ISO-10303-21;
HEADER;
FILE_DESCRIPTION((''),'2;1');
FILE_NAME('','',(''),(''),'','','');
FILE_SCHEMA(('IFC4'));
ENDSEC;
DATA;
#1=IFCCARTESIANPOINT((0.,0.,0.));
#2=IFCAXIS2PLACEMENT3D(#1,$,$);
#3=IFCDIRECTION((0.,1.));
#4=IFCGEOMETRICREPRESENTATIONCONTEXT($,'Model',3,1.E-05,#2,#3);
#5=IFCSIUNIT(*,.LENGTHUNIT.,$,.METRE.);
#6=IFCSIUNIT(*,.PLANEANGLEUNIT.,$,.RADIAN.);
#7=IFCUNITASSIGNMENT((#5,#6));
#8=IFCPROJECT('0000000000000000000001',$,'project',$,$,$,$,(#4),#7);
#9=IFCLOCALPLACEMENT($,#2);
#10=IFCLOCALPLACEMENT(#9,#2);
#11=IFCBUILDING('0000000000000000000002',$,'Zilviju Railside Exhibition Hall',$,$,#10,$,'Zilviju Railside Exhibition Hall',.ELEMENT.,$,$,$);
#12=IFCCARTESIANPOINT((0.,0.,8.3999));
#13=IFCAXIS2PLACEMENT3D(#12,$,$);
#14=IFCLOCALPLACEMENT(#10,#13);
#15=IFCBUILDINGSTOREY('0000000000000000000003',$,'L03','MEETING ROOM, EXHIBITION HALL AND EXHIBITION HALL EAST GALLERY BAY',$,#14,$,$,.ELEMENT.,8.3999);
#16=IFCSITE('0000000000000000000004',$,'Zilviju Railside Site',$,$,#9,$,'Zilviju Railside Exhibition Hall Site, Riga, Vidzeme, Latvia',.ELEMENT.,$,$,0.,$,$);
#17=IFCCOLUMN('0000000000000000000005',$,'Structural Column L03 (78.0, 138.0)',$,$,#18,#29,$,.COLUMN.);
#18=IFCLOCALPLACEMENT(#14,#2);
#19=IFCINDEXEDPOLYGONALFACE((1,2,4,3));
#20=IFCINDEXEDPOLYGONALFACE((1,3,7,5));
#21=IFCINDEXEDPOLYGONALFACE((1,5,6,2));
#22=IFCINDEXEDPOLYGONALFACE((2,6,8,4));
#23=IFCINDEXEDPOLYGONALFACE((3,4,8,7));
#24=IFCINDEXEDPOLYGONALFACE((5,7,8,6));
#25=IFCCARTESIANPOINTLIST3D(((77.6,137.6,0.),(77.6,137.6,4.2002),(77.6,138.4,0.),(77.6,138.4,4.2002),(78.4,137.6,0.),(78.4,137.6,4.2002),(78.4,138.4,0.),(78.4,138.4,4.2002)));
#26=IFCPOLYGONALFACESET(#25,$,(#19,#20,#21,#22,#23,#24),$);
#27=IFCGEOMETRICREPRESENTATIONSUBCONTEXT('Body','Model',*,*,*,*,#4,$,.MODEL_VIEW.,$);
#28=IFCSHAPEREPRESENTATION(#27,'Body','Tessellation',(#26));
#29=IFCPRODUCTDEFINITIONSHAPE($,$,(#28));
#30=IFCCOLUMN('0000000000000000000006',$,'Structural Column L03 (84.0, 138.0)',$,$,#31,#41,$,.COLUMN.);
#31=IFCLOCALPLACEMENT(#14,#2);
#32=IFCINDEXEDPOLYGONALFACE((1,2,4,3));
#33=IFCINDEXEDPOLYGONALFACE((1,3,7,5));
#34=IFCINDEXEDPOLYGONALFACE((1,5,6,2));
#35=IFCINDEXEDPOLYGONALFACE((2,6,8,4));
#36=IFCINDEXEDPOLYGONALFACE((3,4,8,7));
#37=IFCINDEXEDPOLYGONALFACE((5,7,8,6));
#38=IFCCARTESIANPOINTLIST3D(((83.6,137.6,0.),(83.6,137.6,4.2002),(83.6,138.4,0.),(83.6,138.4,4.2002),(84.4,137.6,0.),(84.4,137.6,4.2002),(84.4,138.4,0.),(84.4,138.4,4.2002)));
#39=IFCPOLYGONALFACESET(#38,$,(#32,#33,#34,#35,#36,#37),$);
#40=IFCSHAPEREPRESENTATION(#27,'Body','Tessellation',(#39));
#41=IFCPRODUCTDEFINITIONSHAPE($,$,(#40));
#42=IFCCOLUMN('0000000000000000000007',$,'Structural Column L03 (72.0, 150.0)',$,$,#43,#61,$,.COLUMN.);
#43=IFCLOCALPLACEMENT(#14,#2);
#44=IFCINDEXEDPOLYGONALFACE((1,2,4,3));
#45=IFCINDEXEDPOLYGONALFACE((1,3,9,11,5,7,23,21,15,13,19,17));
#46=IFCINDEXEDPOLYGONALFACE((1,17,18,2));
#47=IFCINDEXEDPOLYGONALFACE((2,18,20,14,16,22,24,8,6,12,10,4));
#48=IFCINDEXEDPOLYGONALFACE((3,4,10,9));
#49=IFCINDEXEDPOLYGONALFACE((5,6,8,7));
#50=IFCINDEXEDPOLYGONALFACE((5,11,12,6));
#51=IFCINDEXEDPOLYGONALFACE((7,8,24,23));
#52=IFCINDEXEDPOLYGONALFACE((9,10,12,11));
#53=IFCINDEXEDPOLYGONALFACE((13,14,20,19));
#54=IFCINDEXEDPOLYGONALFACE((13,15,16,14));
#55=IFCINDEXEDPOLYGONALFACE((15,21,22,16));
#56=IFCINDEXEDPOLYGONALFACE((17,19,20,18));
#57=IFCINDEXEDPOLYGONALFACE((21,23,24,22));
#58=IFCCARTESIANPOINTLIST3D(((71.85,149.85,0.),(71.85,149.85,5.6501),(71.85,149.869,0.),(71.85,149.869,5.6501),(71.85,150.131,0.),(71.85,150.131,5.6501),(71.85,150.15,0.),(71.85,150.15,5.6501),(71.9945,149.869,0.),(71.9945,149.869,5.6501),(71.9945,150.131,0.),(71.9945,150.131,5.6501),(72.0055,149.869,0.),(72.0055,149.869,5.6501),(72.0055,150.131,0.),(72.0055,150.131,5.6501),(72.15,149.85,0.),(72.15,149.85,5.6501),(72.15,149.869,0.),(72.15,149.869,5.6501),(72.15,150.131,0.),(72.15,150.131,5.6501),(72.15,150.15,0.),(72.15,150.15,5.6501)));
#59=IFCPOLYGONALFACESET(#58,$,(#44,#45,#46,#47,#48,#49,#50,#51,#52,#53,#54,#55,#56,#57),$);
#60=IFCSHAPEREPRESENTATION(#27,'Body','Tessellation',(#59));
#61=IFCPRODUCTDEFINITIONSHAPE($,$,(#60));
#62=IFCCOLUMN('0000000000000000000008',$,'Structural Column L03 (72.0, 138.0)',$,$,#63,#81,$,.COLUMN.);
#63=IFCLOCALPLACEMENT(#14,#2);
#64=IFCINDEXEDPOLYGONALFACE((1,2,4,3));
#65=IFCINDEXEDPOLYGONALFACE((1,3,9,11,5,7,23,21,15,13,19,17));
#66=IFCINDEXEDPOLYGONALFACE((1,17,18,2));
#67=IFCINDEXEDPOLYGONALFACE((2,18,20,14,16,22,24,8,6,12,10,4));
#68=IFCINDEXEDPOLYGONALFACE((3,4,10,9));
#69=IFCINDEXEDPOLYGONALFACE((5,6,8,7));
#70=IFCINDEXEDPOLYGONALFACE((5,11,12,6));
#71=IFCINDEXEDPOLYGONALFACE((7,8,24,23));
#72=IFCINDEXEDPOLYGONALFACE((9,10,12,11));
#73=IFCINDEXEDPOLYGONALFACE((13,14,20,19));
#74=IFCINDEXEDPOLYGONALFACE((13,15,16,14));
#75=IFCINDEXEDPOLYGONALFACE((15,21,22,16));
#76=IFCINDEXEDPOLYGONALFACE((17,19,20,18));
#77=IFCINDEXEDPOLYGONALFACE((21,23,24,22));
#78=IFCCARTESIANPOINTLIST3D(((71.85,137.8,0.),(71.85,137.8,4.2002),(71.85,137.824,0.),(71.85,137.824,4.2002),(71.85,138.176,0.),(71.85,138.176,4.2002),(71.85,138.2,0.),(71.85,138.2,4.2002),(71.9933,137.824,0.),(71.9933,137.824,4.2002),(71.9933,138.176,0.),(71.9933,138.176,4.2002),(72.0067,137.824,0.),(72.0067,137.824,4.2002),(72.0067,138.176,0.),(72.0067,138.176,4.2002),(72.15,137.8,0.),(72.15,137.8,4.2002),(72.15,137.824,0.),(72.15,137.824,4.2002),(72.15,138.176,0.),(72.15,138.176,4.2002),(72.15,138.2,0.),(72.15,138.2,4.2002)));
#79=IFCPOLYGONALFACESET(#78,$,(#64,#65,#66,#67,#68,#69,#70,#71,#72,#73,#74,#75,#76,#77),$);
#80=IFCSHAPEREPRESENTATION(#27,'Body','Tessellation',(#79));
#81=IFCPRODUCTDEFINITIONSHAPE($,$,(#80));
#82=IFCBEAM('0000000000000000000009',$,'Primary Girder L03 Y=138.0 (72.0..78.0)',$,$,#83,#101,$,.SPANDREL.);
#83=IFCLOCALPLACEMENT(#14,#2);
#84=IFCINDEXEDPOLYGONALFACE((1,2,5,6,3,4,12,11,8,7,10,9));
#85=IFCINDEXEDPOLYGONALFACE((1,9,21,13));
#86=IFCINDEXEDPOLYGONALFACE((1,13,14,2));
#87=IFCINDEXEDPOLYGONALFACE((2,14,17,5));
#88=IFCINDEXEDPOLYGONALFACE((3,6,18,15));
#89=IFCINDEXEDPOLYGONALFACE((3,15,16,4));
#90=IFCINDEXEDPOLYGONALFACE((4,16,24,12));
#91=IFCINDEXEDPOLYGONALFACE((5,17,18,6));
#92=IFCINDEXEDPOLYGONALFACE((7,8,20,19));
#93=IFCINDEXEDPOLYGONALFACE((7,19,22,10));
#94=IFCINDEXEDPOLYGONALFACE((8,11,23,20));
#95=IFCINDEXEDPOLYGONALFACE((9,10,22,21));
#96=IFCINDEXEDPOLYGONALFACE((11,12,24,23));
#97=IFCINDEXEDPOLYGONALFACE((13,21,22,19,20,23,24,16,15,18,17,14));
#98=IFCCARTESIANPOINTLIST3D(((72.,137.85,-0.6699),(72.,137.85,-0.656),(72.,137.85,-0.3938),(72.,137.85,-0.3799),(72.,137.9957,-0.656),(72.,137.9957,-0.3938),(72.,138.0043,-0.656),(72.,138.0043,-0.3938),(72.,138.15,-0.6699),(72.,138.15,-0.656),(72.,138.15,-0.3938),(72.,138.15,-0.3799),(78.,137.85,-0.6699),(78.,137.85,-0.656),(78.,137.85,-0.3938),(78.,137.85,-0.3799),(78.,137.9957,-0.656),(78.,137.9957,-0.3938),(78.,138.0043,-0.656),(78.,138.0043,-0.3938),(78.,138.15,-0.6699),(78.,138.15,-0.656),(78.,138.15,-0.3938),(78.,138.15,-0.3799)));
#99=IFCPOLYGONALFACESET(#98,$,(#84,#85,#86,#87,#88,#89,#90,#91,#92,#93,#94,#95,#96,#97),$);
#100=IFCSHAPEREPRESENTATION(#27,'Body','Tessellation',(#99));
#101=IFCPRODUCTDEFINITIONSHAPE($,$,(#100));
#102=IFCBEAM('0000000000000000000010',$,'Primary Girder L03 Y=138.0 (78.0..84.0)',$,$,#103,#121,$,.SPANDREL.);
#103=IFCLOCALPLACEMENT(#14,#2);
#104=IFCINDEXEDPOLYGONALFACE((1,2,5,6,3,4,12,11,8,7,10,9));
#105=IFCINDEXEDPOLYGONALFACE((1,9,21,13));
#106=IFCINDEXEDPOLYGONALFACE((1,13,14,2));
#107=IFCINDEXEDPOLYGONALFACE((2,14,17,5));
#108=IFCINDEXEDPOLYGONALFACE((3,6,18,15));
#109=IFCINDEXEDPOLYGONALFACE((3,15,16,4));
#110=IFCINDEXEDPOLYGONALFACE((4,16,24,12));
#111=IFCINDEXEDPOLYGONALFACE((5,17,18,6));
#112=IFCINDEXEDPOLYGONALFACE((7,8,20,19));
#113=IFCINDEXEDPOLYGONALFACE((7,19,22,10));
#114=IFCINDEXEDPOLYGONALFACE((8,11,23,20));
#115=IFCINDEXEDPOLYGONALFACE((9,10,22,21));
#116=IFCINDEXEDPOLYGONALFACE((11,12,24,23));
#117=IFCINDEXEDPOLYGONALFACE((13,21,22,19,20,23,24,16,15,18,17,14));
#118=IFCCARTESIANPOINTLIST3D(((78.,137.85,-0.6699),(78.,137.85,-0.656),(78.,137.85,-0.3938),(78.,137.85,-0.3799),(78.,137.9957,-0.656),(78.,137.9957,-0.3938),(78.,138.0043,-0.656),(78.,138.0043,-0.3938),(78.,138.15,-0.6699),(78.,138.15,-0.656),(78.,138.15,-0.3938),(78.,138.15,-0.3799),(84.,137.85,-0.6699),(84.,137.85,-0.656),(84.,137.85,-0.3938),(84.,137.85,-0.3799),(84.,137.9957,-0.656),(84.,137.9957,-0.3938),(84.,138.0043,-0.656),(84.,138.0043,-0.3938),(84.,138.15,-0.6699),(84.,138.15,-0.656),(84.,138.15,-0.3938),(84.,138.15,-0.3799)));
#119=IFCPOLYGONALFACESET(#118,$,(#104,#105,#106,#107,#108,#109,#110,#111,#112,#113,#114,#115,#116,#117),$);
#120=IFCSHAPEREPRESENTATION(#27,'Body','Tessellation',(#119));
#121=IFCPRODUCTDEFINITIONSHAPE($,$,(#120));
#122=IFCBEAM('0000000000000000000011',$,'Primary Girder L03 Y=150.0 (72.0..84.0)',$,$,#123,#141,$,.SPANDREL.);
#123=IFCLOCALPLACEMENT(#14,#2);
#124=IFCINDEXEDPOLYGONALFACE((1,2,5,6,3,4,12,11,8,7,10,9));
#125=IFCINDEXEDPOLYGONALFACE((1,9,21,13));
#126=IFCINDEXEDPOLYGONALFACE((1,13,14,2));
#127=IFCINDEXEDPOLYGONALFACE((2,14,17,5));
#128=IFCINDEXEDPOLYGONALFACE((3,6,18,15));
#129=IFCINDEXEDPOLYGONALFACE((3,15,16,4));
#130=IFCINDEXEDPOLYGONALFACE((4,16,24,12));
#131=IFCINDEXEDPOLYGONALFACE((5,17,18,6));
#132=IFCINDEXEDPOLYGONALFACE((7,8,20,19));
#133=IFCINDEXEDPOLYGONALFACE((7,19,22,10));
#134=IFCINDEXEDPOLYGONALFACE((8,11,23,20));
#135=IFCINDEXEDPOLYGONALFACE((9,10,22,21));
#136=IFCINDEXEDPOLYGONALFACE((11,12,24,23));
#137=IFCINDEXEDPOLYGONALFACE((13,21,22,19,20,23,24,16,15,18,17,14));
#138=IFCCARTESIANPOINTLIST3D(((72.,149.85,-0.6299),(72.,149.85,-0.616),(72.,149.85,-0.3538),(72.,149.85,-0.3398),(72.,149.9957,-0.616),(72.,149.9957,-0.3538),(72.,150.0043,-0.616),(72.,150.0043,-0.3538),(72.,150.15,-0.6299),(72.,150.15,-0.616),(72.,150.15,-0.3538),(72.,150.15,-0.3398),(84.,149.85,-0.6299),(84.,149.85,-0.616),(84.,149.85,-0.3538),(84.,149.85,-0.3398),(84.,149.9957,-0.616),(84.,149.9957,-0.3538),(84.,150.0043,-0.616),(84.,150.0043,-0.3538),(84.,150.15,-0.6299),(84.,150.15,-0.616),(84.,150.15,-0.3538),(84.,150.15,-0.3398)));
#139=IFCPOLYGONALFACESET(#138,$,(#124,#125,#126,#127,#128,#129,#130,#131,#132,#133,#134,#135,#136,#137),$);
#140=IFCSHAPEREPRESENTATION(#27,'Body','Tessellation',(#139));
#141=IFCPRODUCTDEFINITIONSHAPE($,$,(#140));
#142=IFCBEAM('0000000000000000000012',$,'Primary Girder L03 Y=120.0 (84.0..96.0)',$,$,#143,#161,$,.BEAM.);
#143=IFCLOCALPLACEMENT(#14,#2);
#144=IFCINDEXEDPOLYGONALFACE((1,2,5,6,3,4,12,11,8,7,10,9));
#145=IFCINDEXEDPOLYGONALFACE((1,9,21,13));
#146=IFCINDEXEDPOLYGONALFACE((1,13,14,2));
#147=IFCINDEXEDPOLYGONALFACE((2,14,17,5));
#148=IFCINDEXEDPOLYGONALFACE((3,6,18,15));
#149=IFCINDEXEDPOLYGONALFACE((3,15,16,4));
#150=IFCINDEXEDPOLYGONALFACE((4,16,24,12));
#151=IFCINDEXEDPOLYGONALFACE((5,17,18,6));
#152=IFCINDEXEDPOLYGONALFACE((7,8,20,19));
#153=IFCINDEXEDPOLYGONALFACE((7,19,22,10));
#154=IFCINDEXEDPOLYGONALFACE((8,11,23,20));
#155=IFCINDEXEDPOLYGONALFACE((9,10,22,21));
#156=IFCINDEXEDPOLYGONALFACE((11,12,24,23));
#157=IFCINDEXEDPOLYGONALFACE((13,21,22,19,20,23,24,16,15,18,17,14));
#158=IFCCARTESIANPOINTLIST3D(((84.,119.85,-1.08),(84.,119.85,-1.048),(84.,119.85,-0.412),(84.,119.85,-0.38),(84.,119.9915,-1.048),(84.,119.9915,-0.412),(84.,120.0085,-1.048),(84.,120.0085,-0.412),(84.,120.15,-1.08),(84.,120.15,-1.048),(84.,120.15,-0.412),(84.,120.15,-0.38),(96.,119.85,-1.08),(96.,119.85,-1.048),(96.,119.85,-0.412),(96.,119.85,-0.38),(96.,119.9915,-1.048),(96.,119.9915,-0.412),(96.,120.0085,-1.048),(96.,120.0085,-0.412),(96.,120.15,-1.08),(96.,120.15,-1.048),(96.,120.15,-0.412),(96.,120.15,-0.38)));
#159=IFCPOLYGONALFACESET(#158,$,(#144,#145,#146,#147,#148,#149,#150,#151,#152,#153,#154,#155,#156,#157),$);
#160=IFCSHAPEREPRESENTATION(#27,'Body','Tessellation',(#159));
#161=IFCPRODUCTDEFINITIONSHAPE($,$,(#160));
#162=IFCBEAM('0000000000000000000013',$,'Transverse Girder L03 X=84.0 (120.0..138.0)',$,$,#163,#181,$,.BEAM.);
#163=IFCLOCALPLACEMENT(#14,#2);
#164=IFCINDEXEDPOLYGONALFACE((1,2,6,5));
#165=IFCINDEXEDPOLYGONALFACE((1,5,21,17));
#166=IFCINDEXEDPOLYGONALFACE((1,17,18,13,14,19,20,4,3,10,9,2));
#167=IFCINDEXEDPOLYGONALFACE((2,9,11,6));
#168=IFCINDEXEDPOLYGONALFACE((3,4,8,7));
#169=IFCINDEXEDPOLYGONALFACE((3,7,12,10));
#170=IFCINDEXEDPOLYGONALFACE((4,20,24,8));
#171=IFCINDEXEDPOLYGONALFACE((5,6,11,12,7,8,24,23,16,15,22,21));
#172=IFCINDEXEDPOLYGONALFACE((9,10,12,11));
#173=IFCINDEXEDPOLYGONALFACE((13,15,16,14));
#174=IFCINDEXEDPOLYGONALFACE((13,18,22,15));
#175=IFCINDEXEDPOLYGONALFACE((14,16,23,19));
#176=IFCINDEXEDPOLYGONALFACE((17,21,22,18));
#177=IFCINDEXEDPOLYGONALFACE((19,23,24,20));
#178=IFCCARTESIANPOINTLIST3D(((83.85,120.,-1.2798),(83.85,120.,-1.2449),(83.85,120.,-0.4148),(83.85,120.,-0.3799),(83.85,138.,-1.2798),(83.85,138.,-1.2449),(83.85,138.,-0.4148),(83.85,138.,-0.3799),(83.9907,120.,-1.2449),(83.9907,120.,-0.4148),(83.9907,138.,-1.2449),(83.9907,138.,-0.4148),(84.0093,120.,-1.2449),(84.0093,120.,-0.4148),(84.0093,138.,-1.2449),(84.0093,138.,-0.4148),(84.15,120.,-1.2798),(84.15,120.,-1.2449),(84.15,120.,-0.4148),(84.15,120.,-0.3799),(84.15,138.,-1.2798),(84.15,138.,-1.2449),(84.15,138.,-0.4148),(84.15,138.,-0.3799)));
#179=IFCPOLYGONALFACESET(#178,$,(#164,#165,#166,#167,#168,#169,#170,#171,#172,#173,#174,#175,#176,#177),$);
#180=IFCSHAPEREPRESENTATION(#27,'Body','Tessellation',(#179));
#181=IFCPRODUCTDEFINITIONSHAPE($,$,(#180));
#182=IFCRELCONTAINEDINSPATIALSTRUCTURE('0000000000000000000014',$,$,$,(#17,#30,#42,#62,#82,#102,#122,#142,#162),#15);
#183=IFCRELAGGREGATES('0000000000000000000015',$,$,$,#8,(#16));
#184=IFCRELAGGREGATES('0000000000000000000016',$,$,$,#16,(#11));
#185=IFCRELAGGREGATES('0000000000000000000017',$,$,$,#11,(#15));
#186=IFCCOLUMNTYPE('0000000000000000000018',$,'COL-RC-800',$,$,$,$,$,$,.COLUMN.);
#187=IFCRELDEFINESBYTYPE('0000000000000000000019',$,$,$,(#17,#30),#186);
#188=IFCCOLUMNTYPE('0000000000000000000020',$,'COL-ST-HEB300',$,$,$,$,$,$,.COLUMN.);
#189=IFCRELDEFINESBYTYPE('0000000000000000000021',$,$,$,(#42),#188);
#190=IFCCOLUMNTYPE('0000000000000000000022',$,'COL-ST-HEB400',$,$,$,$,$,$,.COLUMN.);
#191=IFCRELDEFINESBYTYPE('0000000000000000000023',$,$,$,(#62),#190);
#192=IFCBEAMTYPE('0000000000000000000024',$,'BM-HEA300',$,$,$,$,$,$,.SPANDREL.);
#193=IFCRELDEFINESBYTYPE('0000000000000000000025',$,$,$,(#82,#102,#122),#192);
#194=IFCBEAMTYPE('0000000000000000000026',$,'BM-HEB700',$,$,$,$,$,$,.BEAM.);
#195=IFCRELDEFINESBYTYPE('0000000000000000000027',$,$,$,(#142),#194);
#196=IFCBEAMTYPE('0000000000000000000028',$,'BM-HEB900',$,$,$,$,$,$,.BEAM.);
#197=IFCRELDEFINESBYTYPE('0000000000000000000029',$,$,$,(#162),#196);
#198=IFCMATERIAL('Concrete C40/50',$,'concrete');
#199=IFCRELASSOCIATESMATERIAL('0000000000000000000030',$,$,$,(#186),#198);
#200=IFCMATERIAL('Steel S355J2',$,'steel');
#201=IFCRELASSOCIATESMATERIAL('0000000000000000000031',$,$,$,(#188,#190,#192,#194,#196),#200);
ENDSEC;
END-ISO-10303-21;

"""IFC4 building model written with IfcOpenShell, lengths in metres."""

from ifc_helpers import new_model, si_unit, direction, frame, origin, origin_2d, place, context, subcontext, project, spatial, rectangle, i_section, extrude, material, material_profile, profile_set, type_object, element, save


model = new_model("IFC4")

# Units and contexts
model_context = context("Model", 3, precision=1e-05, world=origin(), true_north=direction((0.0, 1.0)))
body_context = subcontext(model_context, "Body", "Model", "MODEL_VIEW")
ifc_project = project(units=[si_unit("LENGTHUNIT", "METRE"), si_unit("PLANEANGLEUNIT", "RADIAN")], contexts=[model_context])

# Site, building, storey
site_placement = place(None, origin())
site = spatial("IfcSite", under=ifc_project, at=site_placement, Name="Zilviju Railside Site", LongName="Zilviju Railside Exhibition Hall Site, Riga, Vidzeme, Latvia", CompositionType="ELEMENT", RefElevation=0.0)
building_placement = place(site_placement, origin())
building = spatial("IfcBuilding", under=site, at=building_placement, Name="Zilviju Railside Exhibition Hall", LongName="Zilviju Railside Exhibition Hall", CompositionType="ELEMENT")
storey_placement = place(building_placement, frame((0.0, 0.0, 8.3999)))
storey = spatial("IfcBuildingStorey", under=building, at=storey_placement, Name="L03", Description="MEETING ROOM, EXHIBITION HALL AND EXHIBITION HALL EAST GALLERY BAY", CompositionType="ELEMENT", Elevation=8.3999)

# Columns
ifc_material_1 = material(Name="Concrete C40/50", Category="concrete")
ifc_material_profile_1 = material_profile(ifc_material_1, rectangle(XDim=0.8, YDim=0.8, at=origin_2d()), Name="RC COL 800x800")
ifc_profile_set_1 = profile_set([ifc_material_profile_1], Name="Concrete C40/50")
column_type_1 = type_object("IfcColumnType", Name="COL-RC-800", PredefinedType="COLUMN", material=ifc_profile_set_1)
for number, where, z_axis, x_axis, name in (
    (1, (78.0, 138.0, 0.0), (0.0, 0.0, 1.0), (1.0, 0.0, 0.0), "Structural Column L03 (78.0, 138.0)"),
    (2, (84.0, 138.0, 0.0), (0.0, 0.0, 1.0), (1.0, 0.0, 0.0), "Structural Column L03 (84.0, 138.0)"),
):
    element("IfcColumn", number, at=place(storey_placement, frame(where, z_axis=z_axis, x_axis=x_axis)), inside=storey, type_object=column_type_1, Name=name, PredefinedType="COLUMN", context=body_context, shape_type="SweptSolid", body=[
        extrude(rectangle(XDim=0.8, YDim=0.8, at=origin_2d()), origin(), (0.0, 0.0, 1.0), 4.2002),
    ])
ifc_material_2 = material(Name="Steel S355J2", Category="steel")
ifc_material_profile_2 = material_profile(ifc_material_2, i_section(OverallWidth=0.3, OverallDepth=0.3, WebThickness=0.011, FlangeThickness=0.019, at=origin_2d()), Name="HEB 300")
ifc_profile_set_2 = profile_set([ifc_material_profile_2], Name="Steel S355J2")
column_type_2 = type_object("IfcColumnType", Name="COL-ST-HEB300", PredefinedType="COLUMN", material=ifc_profile_set_2)
column_1_placement = place(storey_placement, frame((72.0, 150.0, 0.0), z_axis=(0.0, 0.0, 1.0), x_axis=(1.0, 0.0, 0.0)))
element("IfcColumn", 3, at=column_1_placement, inside=storey, type_object=column_type_2, Name="Structural Column L03 (72.0, 150.0)", PredefinedType="COLUMN", context=body_context, shape_type="SweptSolid", body=[
    extrude(i_section(OverallWidth=0.3, OverallDepth=0.3, WebThickness=0.011, FlangeThickness=0.019, at=origin_2d()), origin(), (0.0, 0.0, 1.0), 5.6501),
])
ifc_material_profile_3 = material_profile(ifc_material_2, i_section(OverallWidth=0.3, OverallDepth=0.3999, WebThickness=0.0134, FlangeThickness=0.0239, at=origin_2d()), Name="HEB 400")
ifc_profile_set_3 = profile_set([ifc_material_profile_3], Name="Steel S355J2")
column_type_3 = type_object("IfcColumnType", Name="COL-ST-HEB400", PredefinedType="COLUMN", material=ifc_profile_set_3)
column_2_placement = place(storey_placement, frame((72.0, 138.0, 0.0), z_axis=(0.0, 0.0, 1.0), x_axis=(1.0, 0.0, 0.0)))
element("IfcColumn", 4, at=column_2_placement, inside=storey, type_object=column_type_3, Name="Structural Column L03 (72.0, 138.0)", PredefinedType="COLUMN", context=body_context, shape_type="SweptSolid", body=[
    extrude(i_section(OverallWidth=0.3, OverallDepth=0.3999, WebThickness=0.0134, FlangeThickness=0.0239, at=origin_2d()), origin(), (0.0, 0.0, 1.0), 4.2002),
])

# Beams
ifc_material_profile_4 = material_profile(ifc_material_2, i_section(OverallWidth=0.3, OverallDepth=0.29, WebThickness=0.0085, FlangeThickness=0.0139, at=origin_2d()), Name="HEA 300")
ifc_profile_set_4 = profile_set([ifc_material_profile_4], Name="Steel S355J2")
beam_type_1 = type_object("IfcBeamType", Name="BM-HEA300", PredefinedType="SPANDREL", material=ifc_profile_set_4)
for number, where, z_axis, x_axis, name in (
    (5, (72.0, 138.0, -0.5249), (1.0, 0.0, 0.0), (0.0, 1.0, 0.0), "Primary Girder L03 Y=138.0 (72.0..78.0)"),
    (6, (78.0, 138.0, -0.5249), (1.0, 0.0, 0.0), (0.0, 1.0, 0.0), "Primary Girder L03 Y=138.0 (78.0..84.0)"),
):
    element("IfcBeam", number, at=place(storey_placement, frame(where, z_axis=z_axis, x_axis=x_axis)), inside=storey, type_object=beam_type_1, Name=name, PredefinedType="SPANDREL", context=body_context, shape_type="SweptSolid", body=[
        extrude(i_section(OverallWidth=0.3, OverallDepth=0.29, WebThickness=0.0085, FlangeThickness=0.0139, at=origin_2d()), origin(), (0.0, 0.0, 1.0), 6.0),
    ])
beam_1_placement = place(storey_placement, frame((72.0, 150.0, -0.4849), z_axis=(1.0, 0.0, 0.0), x_axis=(0.0, 1.0, 0.0)))
element("IfcBeam", 7, at=beam_1_placement, inside=storey, type_object=beam_type_1, Name="Primary Girder L03 Y=150.0 (72.0..84.0)", PredefinedType="SPANDREL", context=body_context, shape_type="SweptSolid", body=[
    extrude(i_section(OverallWidth=0.3, OverallDepth=0.29, WebThickness=0.0085, FlangeThickness=0.0139, at=origin_2d()), origin(), (0.0, 0.0, 1.0), 12.0),
])
ifc_material_profile_5 = material_profile(ifc_material_2, i_section(OverallWidth=0.3, OverallDepth=0.7, WebThickness=0.0171, FlangeThickness=0.032, at=origin_2d()), Name="HEB 700")
ifc_profile_set_5 = profile_set([ifc_material_profile_5], Name="Steel S355J2")
beam_type_2 = type_object("IfcBeamType", Name="BM-HEB700", PredefinedType="BEAM", material=ifc_profile_set_5)
beam_2_placement = place(storey_placement, frame((84.0, 120.0, -0.73), z_axis=(1.0, 0.0, 0.0), x_axis=(0.0, 1.0, 0.0)))
element("IfcBeam", 8, at=beam_2_placement, inside=storey, type_object=beam_type_2, Name="Primary Girder L03 Y=120.0 (84.0..96.0)", PredefinedType="BEAM", context=body_context, shape_type="SweptSolid", body=[
    extrude(i_section(OverallWidth=0.3, OverallDepth=0.7, WebThickness=0.0171, FlangeThickness=0.032, at=origin_2d()), origin(), (0.0, 0.0, 1.0), 12.0),
])
ifc_material_profile_6 = material_profile(ifc_material_2, i_section(OverallWidth=0.3, OverallDepth=0.8999, WebThickness=0.0186, FlangeThickness=0.0349, at=origin_2d()), Name="HEB 900")
ifc_profile_set_6 = profile_set([ifc_material_profile_6], Name="Steel S355J2")
beam_type_3 = type_object("IfcBeamType", Name="BM-HEB900", PredefinedType="BEAM", material=ifc_profile_set_6)
beam_3_placement = place(storey_placement, frame((84.0, 120.0, -0.8298), z_axis=(0.0, 1.0, 0.0), x_axis=(-1.0, 0.0, 0.0)))
element("IfcBeam", 9, at=beam_3_placement, inside=storey, type_object=beam_type_3, Name="Transverse Girder L03 X=84.0 (120.0..138.0)", PredefinedType="BEAM", context=body_context, shape_type="SweptSolid", body=[
    extrude(i_section(OverallWidth=0.3, OverallDepth=0.8999, WebThickness=0.0186, FlangeThickness=0.0349, at=origin_2d()), origin(), (0.0, 0.0, 1.0), 18.0),
])

save(model, "model.ifc")
